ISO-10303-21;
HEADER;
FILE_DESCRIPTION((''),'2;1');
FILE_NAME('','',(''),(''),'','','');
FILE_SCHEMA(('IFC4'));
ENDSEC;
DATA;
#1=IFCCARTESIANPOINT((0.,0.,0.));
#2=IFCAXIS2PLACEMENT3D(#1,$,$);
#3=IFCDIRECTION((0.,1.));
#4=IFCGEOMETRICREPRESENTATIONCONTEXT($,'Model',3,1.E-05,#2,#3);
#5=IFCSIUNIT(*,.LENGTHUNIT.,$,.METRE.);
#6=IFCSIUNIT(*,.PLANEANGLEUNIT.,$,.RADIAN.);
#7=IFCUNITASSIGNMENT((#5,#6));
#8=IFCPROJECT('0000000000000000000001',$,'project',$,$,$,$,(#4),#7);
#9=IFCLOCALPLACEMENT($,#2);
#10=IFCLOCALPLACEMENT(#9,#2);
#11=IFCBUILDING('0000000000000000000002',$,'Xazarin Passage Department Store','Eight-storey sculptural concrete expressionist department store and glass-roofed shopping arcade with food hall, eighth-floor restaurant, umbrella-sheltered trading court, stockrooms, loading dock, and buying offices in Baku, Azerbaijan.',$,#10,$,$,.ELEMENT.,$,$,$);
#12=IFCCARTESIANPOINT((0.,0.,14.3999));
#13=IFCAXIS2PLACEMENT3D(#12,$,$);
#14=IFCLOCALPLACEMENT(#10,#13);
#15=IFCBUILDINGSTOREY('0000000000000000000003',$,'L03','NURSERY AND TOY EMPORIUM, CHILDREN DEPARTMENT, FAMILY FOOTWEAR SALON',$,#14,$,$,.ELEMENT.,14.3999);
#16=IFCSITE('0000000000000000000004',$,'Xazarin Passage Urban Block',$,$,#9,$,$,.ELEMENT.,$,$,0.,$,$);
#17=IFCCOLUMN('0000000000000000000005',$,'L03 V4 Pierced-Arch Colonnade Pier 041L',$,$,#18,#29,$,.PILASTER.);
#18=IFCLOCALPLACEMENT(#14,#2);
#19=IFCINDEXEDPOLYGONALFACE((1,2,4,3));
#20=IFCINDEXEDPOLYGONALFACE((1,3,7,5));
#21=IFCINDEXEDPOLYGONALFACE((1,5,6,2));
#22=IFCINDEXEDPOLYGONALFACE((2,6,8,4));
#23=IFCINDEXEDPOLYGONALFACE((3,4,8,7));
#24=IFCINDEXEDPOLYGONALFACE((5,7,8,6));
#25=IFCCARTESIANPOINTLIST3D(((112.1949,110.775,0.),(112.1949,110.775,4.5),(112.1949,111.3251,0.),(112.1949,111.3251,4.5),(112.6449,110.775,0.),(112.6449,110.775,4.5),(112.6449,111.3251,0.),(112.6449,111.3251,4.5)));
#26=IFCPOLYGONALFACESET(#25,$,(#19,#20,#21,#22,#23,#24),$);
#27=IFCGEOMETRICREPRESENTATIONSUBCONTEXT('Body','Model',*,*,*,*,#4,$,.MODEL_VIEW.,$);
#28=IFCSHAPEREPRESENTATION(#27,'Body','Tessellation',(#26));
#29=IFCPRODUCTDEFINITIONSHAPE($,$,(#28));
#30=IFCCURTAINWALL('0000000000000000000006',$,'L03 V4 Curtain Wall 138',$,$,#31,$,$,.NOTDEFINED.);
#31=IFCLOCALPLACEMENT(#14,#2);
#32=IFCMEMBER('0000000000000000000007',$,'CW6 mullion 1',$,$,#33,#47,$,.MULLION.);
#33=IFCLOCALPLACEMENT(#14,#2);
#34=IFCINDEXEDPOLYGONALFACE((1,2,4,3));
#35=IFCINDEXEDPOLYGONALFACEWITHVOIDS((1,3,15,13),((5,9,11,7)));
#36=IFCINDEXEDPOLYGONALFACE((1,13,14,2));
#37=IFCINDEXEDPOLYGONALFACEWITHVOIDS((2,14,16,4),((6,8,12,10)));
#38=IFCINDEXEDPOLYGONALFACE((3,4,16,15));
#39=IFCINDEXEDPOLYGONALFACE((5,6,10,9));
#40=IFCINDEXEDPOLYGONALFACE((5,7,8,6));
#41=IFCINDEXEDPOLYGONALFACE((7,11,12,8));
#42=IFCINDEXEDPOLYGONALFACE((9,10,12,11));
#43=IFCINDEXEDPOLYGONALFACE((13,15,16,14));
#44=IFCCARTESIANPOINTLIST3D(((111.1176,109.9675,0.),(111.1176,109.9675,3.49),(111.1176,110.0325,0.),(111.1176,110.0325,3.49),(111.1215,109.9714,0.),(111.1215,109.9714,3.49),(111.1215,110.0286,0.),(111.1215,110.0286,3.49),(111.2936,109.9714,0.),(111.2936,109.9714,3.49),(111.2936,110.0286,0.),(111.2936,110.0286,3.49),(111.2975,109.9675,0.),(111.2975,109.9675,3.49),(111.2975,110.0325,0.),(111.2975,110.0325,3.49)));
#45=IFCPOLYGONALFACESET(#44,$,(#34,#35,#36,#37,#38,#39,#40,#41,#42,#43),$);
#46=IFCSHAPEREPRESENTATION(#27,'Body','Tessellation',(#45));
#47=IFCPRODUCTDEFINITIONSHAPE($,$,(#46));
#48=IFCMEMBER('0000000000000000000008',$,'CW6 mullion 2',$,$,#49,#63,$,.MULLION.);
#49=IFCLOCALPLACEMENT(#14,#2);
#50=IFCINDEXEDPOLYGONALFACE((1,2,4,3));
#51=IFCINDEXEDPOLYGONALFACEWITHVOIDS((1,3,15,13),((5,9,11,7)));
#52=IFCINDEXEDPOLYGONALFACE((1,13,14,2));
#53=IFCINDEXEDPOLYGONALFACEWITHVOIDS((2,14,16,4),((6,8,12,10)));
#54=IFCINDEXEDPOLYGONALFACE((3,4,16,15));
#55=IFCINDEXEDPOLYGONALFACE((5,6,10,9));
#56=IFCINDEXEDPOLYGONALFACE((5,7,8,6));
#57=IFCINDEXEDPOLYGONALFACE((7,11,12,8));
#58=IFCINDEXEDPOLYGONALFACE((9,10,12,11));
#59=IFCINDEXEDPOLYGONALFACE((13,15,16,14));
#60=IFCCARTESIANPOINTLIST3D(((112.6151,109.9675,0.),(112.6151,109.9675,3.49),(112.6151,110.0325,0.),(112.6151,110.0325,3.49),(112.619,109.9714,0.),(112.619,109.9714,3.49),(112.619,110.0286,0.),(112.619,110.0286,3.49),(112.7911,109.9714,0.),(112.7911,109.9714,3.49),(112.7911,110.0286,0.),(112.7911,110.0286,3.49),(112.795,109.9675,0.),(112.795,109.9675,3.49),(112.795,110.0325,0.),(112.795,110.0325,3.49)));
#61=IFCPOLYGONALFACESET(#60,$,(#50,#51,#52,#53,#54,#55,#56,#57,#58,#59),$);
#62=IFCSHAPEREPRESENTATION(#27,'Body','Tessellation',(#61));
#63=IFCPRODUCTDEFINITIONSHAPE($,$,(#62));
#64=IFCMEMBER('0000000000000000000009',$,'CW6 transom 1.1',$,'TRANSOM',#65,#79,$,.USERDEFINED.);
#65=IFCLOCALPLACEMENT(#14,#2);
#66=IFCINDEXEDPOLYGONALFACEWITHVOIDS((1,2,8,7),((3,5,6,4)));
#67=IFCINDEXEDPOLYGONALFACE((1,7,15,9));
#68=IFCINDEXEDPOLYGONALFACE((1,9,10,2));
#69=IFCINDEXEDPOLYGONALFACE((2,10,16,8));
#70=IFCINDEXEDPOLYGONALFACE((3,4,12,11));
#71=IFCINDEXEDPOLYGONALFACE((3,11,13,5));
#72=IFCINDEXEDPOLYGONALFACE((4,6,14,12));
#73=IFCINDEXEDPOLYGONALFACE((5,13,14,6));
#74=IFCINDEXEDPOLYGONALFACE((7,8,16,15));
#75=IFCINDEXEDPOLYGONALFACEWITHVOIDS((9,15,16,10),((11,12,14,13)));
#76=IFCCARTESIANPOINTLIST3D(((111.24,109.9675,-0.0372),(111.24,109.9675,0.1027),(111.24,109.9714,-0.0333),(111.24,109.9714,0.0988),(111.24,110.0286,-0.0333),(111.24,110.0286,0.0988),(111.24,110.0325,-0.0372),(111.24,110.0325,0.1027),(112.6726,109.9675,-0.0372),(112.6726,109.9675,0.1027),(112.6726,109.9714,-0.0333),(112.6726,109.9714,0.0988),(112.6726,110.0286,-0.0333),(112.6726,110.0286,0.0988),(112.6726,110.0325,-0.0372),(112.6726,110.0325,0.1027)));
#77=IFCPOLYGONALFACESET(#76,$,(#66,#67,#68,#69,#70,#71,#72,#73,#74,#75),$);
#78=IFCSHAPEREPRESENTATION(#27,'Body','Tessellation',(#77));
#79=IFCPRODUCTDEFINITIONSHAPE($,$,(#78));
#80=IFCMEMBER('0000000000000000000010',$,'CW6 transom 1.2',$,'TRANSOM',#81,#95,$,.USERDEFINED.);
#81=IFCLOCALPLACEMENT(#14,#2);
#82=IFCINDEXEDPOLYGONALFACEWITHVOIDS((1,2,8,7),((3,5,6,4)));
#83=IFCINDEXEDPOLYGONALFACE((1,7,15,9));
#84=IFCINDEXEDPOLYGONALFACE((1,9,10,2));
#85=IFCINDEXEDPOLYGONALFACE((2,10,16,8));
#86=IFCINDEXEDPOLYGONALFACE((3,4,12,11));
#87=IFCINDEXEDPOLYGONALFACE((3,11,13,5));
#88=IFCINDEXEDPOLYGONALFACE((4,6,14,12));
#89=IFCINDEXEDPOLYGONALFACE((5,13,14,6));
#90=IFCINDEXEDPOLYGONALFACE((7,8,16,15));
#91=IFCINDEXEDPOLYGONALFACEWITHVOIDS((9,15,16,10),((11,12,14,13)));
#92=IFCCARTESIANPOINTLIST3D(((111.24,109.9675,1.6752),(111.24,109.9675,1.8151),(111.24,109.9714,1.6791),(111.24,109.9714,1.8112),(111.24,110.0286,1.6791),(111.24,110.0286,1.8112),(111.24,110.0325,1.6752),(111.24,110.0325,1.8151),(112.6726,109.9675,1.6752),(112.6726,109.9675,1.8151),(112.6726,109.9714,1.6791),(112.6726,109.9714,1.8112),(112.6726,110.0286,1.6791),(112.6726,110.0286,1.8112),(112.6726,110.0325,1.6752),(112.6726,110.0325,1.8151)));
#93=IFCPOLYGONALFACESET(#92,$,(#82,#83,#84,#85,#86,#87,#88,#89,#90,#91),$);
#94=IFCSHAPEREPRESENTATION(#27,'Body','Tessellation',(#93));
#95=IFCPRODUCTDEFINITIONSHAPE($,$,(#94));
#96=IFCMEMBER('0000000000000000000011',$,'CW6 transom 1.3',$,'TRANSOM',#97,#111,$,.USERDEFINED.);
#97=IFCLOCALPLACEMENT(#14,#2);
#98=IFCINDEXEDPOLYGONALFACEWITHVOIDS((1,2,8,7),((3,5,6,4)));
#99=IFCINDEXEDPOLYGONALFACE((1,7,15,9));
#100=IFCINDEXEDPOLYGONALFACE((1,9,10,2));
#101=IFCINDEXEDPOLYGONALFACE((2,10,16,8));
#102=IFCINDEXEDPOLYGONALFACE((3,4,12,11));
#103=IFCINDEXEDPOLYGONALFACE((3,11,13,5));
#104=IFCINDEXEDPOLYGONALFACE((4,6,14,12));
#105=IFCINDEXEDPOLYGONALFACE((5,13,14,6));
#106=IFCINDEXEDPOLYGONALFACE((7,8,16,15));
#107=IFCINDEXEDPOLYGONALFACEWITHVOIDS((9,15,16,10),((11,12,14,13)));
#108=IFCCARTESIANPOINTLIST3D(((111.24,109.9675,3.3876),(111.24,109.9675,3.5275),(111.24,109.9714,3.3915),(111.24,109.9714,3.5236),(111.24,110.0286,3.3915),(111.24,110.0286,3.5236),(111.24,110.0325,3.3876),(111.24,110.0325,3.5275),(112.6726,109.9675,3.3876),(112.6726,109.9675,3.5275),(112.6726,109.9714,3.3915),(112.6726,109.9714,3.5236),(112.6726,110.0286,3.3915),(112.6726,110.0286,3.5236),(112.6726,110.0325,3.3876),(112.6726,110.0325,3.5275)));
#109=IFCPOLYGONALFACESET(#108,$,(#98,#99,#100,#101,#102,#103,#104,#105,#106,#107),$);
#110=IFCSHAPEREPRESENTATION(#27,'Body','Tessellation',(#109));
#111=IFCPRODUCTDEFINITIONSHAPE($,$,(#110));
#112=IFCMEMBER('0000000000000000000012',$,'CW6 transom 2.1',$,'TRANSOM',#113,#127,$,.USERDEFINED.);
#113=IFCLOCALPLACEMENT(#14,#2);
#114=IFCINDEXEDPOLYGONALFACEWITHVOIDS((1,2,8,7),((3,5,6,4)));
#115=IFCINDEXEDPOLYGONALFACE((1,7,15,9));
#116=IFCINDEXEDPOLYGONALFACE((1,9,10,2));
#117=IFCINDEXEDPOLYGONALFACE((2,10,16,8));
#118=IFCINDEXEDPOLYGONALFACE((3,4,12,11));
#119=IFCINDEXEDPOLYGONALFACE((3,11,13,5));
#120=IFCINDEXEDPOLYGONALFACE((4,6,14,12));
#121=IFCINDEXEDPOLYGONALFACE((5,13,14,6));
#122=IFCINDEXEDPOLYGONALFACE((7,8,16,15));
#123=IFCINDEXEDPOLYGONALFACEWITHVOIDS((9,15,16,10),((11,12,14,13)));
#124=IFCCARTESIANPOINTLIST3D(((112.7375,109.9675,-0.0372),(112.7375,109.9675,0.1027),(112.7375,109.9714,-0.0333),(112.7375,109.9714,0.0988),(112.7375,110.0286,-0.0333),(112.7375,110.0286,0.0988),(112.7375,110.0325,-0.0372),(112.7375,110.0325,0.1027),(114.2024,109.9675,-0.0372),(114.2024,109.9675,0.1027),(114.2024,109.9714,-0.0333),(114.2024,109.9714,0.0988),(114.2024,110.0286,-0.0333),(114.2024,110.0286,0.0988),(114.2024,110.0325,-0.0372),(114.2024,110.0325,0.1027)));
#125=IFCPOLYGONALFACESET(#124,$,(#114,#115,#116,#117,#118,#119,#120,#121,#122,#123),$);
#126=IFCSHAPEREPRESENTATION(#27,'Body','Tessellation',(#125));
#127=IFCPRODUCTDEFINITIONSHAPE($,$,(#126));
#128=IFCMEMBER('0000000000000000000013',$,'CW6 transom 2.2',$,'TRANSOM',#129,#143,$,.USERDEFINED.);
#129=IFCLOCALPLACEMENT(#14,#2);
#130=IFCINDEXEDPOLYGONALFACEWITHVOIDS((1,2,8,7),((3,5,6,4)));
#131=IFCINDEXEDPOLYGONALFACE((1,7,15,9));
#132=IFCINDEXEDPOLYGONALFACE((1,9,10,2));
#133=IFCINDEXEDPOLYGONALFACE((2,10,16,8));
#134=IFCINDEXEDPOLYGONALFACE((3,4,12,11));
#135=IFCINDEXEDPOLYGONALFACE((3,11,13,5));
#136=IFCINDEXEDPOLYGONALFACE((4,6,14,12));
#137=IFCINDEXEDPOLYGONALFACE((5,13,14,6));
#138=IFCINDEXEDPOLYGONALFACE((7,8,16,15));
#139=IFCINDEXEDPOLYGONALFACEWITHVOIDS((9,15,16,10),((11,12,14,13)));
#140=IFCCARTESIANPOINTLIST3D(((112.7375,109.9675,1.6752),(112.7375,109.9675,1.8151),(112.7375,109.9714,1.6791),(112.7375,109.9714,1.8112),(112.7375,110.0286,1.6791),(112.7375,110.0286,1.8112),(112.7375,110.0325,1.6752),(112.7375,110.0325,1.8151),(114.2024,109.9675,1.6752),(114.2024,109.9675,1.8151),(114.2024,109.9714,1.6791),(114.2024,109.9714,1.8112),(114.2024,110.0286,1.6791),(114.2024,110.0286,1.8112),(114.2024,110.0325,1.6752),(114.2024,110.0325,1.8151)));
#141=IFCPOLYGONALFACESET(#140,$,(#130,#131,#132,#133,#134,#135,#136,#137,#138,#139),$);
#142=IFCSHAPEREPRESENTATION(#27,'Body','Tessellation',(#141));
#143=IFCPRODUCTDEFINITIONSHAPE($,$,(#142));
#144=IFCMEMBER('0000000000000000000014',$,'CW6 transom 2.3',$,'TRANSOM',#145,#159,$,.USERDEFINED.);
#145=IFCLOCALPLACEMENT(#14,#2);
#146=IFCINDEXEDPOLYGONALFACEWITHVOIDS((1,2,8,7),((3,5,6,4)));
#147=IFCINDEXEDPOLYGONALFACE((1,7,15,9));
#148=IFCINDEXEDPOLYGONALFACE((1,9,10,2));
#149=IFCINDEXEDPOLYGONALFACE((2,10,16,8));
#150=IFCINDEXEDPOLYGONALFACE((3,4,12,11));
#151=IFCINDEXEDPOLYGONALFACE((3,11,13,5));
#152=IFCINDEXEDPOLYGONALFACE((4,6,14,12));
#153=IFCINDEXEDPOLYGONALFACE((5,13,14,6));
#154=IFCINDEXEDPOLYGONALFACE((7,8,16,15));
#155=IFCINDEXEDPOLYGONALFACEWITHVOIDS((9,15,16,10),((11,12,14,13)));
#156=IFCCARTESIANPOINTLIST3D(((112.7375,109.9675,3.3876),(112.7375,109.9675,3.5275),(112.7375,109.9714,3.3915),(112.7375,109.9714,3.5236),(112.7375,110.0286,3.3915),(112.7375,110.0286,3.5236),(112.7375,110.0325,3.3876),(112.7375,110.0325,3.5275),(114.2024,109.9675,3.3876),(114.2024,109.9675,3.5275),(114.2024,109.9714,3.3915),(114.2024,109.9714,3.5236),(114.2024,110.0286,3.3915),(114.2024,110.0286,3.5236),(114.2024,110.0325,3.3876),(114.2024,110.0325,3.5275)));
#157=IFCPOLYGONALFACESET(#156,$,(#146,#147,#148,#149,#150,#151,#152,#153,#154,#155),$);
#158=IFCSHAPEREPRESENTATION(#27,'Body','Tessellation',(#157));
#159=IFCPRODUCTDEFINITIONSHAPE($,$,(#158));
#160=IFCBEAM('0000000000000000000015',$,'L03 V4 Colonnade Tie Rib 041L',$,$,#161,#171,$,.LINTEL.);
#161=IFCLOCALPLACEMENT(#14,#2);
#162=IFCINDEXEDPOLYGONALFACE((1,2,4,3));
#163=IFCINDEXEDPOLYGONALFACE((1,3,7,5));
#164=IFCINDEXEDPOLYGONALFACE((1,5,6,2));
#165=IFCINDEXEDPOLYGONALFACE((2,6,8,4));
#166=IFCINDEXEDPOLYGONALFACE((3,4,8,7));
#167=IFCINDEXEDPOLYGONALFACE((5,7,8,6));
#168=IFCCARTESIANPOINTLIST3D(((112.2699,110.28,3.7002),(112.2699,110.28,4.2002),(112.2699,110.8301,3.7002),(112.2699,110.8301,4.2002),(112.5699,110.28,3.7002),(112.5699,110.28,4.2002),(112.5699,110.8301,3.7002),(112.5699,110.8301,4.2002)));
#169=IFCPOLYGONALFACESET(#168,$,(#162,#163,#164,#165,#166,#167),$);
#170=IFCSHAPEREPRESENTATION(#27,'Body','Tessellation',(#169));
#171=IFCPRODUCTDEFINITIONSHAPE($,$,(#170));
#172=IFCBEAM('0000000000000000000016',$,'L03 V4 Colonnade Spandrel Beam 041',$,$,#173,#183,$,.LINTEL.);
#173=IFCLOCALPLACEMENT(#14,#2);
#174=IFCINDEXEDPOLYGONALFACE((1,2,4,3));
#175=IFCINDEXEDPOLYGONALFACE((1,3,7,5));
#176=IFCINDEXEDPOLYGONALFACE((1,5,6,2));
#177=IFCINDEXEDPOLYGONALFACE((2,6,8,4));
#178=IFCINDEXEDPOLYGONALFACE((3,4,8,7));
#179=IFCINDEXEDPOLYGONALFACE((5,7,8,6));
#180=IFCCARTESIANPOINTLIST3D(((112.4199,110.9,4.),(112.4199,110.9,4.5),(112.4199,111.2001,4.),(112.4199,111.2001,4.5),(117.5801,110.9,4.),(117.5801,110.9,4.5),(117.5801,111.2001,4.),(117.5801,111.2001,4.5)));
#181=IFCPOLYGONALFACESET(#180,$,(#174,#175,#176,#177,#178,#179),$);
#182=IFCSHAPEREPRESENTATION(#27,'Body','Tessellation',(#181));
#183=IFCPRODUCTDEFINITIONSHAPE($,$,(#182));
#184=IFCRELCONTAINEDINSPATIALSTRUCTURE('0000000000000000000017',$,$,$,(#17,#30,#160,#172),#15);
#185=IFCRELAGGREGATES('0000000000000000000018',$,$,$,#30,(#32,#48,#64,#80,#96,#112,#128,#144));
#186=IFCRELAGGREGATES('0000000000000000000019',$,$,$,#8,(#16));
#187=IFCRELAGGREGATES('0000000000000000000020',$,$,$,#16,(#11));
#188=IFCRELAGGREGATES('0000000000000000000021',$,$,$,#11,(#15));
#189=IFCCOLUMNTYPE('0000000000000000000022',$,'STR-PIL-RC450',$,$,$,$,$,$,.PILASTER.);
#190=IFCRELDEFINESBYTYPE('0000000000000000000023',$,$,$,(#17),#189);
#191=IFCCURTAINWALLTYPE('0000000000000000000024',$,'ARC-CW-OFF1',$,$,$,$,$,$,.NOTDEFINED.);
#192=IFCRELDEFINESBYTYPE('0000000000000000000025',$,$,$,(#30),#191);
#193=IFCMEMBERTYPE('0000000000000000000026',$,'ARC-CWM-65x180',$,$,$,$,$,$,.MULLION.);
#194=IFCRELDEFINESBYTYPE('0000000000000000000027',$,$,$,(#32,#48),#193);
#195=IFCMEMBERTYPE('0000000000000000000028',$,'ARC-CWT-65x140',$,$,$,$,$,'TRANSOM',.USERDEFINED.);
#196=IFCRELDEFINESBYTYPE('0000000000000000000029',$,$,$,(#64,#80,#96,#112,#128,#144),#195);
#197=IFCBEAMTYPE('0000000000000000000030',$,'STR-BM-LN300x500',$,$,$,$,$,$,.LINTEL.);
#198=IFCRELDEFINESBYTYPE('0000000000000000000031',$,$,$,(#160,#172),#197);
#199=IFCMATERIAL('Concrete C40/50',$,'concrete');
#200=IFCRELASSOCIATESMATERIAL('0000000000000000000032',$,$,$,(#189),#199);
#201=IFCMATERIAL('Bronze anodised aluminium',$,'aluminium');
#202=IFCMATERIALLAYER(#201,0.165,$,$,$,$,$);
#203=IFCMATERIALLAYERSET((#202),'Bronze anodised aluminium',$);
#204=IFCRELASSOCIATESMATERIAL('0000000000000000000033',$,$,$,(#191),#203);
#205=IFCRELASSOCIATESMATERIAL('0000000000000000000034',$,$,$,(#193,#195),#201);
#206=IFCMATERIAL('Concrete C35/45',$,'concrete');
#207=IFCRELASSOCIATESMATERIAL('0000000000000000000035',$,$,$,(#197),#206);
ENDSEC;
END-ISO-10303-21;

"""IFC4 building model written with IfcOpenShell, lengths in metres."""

from ifc_helpers import new_model, si_unit, direction, frame, origin, origin_2d, place, context, subcontext, project, spatial, rectangle, hollow_rectangle, extrude, material, layer, layer_set, material_profile, profile_set, type_object, element, aggregate, save


model = new_model("IFC4")

# Units and contexts
model_context = context("Model", 3, precision=1e-05, world=origin(), true_north=direction((0.0, 1.0)))
body_context = subcontext(model_context, "Body", "Model", "MODEL_VIEW")
ifc_project = project(units=[si_unit("LENGTHUNIT", "METRE"), si_unit("PLANEANGLEUNIT", "RADIAN")], contexts=[model_context])

# Site, building, storey
site_placement = place(None, origin())
site = spatial("IfcSite", under=ifc_project, at=site_placement, Name="Xazarin Passage Urban Block", CompositionType="ELEMENT", RefElevation=0.0)
building_placement = place(site_placement, origin())
building = spatial("IfcBuilding", under=site, at=building_placement, Name="Xazarin Passage Department Store", Description="Eight-storey sculptural concrete expressionist department store and glass-roofed shopping arcade with food hall, eighth-floor restaurant, umbrella-sheltered trading court, stockrooms, loading dock, and buying offices in Baku, Azerbaijan.", CompositionType="ELEMENT")
storey_placement = place(building_placement, frame((0.0, 0.0, 14.3999)))
storey = spatial("IfcBuildingStorey", under=building, at=storey_placement, Name="L03", Description="NURSERY AND TOY EMPORIUM, CHILDREN DEPARTMENT, FAMILY FOOTWEAR SALON", CompositionType="ELEMENT", Elevation=14.3999)

# Column
ifc_material_1 = material(Name="Concrete C40/50", Category="concrete")
ifc_material_profile_1 = material_profile(ifc_material_1, rectangle(XDim=0.45, YDim=0.55, at=origin_2d()), Name="RC 450x550")
ifc_profile_set_1 = profile_set([ifc_material_profile_1], Name="Concrete C40/50")
column_type = type_object("IfcColumnType", Name="STR-PIL-RC450", PredefinedType="PILASTER", material=ifc_profile_set_1)
column_placement = place(storey_placement, frame((112.4199, 111.05, 0.0), z_axis=(0.0, 0.0, 1.0), x_axis=(1.0, 0.0, 0.0)))
element("IfcColumn", 1, at=column_placement, inside=storey, type_object=column_type, Name="L03 V4 Pierced-Arch Colonnade Pier 041L", PredefinedType="PILASTER", context=body_context, shape_type="SweptSolid", body=[
    extrude(rectangle(XDim=0.45, YDim=0.55, at=origin_2d()), origin(), (0.0, 0.0, 1.0), 4.5),
])

# Curtain wall, members
ifc_material_2 = material(Name="Bronze anodised aluminium", Category="aluminium")
ifc_layer_1 = layer(ifc_material_2, 0.165)
ifc_layer_set_1 = layer_set([ifc_layer_1], Name="Bronze anodised aluminium")
curtain_wall_type = type_object("IfcCurtainWallType", Name="ARC-CW-OFF1", PredefinedType="NOTDEFINED", material=ifc_layer_set_1)
curtain_wall_placement = place(storey_placement, origin())
curtain_wall = element("IfcCurtainWall", 2, at=curtain_wall_placement, inside=storey, type_object=curtain_wall_type, Name="L03 V4 Curtain Wall 138", PredefinedType="NOTDEFINED")
ifc_material_profile_2 = material_profile(ifc_material_2, hollow_rectangle(XDim=0.0649, YDim=0.1799, WallThickness=0.0039, at=origin_2d()), Name="ALU 65x180")
ifc_profile_set_2 = profile_set([ifc_material_profile_2], Name="Bronze anodised aluminium")
member_type_1 = type_object("IfcMemberType", Name="ARC-CWM-65x180", PredefinedType="MULLION", material=ifc_profile_set_2)
member_1_placement = place(storey_placement, frame((111.2075, 110.0, 0.0), z_axis=(0.0, 0.0, 1.0), x_axis=(0.0, 1.0, 0.0)))
member_1 = element("IfcMember", 3, at=member_1_placement, type_object=member_type_1, Name="CW6 mullion 1", PredefinedType="MULLION", context=body_context, shape_type="SweptSolid", body=[
    extrude(hollow_rectangle(XDim=0.0649, YDim=0.1799, WallThickness=0.0039, at=origin_2d()), origin(), (0.0, 0.0, 1.0), 3.49),
])
member_2_placement = place(storey_placement, frame((112.7051, 110.0, 0.0), z_axis=(0.0, 0.0, 1.0), x_axis=(0.0, 1.0, 0.0)))
member_2 = element("IfcMember", 4, at=member_2_placement, type_object=member_type_1, Name="CW6 mullion 2", PredefinedType="MULLION", context=body_context, shape_type="SweptSolid", body=[
    extrude(hollow_rectangle(XDim=0.0649, YDim=0.1799, WallThickness=0.0039, at=origin_2d()), origin(), (0.0, 0.0, 1.0), 3.49),
])
ifc_material_profile_3 = material_profile(ifc_material_2, hollow_rectangle(XDim=0.0649, YDim=0.1399, WallThickness=0.0039, at=origin_2d()), Name="ALU 65x140")
ifc_profile_set_3 = profile_set([ifc_material_profile_3], Name="Bronze anodised aluminium")
member_type_2 = type_object("IfcMemberType", Name="ARC-CWT-65x140", ElementType="TRANSOM", PredefinedType="USERDEFINED", material=ifc_profile_set_3)
member_3_placement = place(storey_placement, frame((111.24, 110.0, 0.0327), z_axis=(1.0, 0.0, 0.0), x_axis=(0.0, 1.0, 0.0)))
member_3 = element("IfcMember", 5, at=member_3_placement, type_object=member_type_2, Name="CW6 transom 1.1", ObjectType="TRANSOM", PredefinedType="USERDEFINED", context=body_context, shape_type="SweptSolid", body=[
    extrude(hollow_rectangle(XDim=0.0649, YDim=0.1399, WallThickness=0.0039, at=origin_2d()), origin(), (0.0, 0.0, 1.0), 1.4326),
])
member_4_placement = place(storey_placement, frame((111.24, 110.0, 1.7451), z_axis=(1.0, 0.0, 0.0), x_axis=(0.0, 1.0, 0.0)))
member_4 = element("IfcMember", 6, at=member_4_placement, type_object=member_type_2, Name="CW6 transom 1.2", ObjectType="TRANSOM", PredefinedType="USERDEFINED", context=body_context, shape_type="SweptSolid", body=[
    extrude(hollow_rectangle(XDim=0.0649, YDim=0.1399, WallThickness=0.0039, at=origin_2d()), origin(), (0.0, 0.0, 1.0), 1.4326),
])
member_5_placement = place(storey_placement, frame((111.24, 110.0, 3.4575), z_axis=(1.0, 0.0, 0.0), x_axis=(0.0, 1.0, 0.0)))
member_5 = element("IfcMember", 7, at=member_5_placement, type_object=member_type_2, Name="CW6 transom 1.3", ObjectType="TRANSOM", PredefinedType="USERDEFINED", context=body_context, shape_type="SweptSolid", body=[
    extrude(hollow_rectangle(XDim=0.0649, YDim=0.1399, WallThickness=0.0039, at=origin_2d()), origin(), (0.0, 0.0, 1.0), 1.4326),
])
member_6_placement = place(storey_placement, frame((112.7375, 110.0, 0.0327), z_axis=(1.0, 0.0, 0.0), x_axis=(0.0, 1.0, 0.0)))
member_6 = element("IfcMember", 8, at=member_6_placement, type_object=member_type_2, Name="CW6 transom 2.1", ObjectType="TRANSOM", PredefinedType="USERDEFINED", context=body_context, shape_type="SweptSolid", body=[
    extrude(hollow_rectangle(XDim=0.0649, YDim=0.1399, WallThickness=0.0039, at=origin_2d()), origin(), (0.0, 0.0, 1.0), 1.4648),
])
member_7_placement = place(storey_placement, frame((112.7375, 110.0, 1.7451), z_axis=(1.0, 0.0, 0.0), x_axis=(0.0, 1.0, 0.0)))
member_7 = element("IfcMember", 9, at=member_7_placement, type_object=member_type_2, Name="CW6 transom 2.2", ObjectType="TRANSOM", PredefinedType="USERDEFINED", context=body_context, shape_type="SweptSolid", body=[
    extrude(hollow_rectangle(XDim=0.0649, YDim=0.1399, WallThickness=0.0039, at=origin_2d()), origin(), (0.0, 0.0, 1.0), 1.4648),
])
member_8_placement = place(storey_placement, frame((112.7375, 110.0, 3.4575), z_axis=(1.0, 0.0, 0.0), x_axis=(0.0, 1.0, 0.0)))
member_8 = element("IfcMember", 10, at=member_8_placement, type_object=member_type_2, Name="CW6 transom 2.3", ObjectType="TRANSOM", PredefinedType="USERDEFINED", context=body_context, shape_type="SweptSolid", body=[
    extrude(hollow_rectangle(XDim=0.0649, YDim=0.1399, WallThickness=0.0039, at=origin_2d()), origin(), (0.0, 0.0, 1.0), 1.4648),
])

# Beams
ifc_material_3 = material(Name="Concrete C35/45", Category="concrete")
ifc_material_profile_4 = material_profile(ifc_material_3, rectangle(XDim=0.3, YDim=0.5, at=origin_2d()), Name="RC 300x500")
ifc_profile_set_4 = profile_set([ifc_material_profile_4], Name="Concrete C35/45")
beam_type = type_object("IfcBeamType", Name="STR-BM-LN300x500", PredefinedType="LINTEL", material=ifc_profile_set_4)
beam_1_placement = place(storey_placement, frame((112.4199, 110.28, 3.9502), z_axis=(0.0, 1.0, 0.0), x_axis=(-1.0, 0.0, 0.0)))
element("IfcBeam", 11, at=beam_1_placement, inside=storey, type_object=beam_type, Name="L03 V4 Colonnade Tie Rib 041L", PredefinedType="LINTEL", context=body_context, shape_type="SweptSolid", body=[
    extrude(rectangle(XDim=0.3, YDim=0.5, at=origin_2d()), origin(), (0.0, 0.0, 1.0), 0.55),
])
beam_2_placement = place(storey_placement, frame((112.4199, 111.05, 4.25), z_axis=(1.0, 0.0, 0.0), x_axis=(0.0, 1.0, 0.0)))
element("IfcBeam", 12, at=beam_2_placement, inside=storey, type_object=beam_type, Name="L03 V4 Colonnade Spandrel Beam 041", PredefinedType="LINTEL", context=body_context, shape_type="SweptSolid", body=[
    extrude(rectangle(XDim=0.3, YDim=0.5, at=origin_2d()), origin(), (0.0, 0.0, 1.0), 5.1602),
])

aggregate(curtain_wall, [member_1, member_2, member_3, member_4, member_5, member_6, member_7, member_8])

save(model, "model.ifc")
